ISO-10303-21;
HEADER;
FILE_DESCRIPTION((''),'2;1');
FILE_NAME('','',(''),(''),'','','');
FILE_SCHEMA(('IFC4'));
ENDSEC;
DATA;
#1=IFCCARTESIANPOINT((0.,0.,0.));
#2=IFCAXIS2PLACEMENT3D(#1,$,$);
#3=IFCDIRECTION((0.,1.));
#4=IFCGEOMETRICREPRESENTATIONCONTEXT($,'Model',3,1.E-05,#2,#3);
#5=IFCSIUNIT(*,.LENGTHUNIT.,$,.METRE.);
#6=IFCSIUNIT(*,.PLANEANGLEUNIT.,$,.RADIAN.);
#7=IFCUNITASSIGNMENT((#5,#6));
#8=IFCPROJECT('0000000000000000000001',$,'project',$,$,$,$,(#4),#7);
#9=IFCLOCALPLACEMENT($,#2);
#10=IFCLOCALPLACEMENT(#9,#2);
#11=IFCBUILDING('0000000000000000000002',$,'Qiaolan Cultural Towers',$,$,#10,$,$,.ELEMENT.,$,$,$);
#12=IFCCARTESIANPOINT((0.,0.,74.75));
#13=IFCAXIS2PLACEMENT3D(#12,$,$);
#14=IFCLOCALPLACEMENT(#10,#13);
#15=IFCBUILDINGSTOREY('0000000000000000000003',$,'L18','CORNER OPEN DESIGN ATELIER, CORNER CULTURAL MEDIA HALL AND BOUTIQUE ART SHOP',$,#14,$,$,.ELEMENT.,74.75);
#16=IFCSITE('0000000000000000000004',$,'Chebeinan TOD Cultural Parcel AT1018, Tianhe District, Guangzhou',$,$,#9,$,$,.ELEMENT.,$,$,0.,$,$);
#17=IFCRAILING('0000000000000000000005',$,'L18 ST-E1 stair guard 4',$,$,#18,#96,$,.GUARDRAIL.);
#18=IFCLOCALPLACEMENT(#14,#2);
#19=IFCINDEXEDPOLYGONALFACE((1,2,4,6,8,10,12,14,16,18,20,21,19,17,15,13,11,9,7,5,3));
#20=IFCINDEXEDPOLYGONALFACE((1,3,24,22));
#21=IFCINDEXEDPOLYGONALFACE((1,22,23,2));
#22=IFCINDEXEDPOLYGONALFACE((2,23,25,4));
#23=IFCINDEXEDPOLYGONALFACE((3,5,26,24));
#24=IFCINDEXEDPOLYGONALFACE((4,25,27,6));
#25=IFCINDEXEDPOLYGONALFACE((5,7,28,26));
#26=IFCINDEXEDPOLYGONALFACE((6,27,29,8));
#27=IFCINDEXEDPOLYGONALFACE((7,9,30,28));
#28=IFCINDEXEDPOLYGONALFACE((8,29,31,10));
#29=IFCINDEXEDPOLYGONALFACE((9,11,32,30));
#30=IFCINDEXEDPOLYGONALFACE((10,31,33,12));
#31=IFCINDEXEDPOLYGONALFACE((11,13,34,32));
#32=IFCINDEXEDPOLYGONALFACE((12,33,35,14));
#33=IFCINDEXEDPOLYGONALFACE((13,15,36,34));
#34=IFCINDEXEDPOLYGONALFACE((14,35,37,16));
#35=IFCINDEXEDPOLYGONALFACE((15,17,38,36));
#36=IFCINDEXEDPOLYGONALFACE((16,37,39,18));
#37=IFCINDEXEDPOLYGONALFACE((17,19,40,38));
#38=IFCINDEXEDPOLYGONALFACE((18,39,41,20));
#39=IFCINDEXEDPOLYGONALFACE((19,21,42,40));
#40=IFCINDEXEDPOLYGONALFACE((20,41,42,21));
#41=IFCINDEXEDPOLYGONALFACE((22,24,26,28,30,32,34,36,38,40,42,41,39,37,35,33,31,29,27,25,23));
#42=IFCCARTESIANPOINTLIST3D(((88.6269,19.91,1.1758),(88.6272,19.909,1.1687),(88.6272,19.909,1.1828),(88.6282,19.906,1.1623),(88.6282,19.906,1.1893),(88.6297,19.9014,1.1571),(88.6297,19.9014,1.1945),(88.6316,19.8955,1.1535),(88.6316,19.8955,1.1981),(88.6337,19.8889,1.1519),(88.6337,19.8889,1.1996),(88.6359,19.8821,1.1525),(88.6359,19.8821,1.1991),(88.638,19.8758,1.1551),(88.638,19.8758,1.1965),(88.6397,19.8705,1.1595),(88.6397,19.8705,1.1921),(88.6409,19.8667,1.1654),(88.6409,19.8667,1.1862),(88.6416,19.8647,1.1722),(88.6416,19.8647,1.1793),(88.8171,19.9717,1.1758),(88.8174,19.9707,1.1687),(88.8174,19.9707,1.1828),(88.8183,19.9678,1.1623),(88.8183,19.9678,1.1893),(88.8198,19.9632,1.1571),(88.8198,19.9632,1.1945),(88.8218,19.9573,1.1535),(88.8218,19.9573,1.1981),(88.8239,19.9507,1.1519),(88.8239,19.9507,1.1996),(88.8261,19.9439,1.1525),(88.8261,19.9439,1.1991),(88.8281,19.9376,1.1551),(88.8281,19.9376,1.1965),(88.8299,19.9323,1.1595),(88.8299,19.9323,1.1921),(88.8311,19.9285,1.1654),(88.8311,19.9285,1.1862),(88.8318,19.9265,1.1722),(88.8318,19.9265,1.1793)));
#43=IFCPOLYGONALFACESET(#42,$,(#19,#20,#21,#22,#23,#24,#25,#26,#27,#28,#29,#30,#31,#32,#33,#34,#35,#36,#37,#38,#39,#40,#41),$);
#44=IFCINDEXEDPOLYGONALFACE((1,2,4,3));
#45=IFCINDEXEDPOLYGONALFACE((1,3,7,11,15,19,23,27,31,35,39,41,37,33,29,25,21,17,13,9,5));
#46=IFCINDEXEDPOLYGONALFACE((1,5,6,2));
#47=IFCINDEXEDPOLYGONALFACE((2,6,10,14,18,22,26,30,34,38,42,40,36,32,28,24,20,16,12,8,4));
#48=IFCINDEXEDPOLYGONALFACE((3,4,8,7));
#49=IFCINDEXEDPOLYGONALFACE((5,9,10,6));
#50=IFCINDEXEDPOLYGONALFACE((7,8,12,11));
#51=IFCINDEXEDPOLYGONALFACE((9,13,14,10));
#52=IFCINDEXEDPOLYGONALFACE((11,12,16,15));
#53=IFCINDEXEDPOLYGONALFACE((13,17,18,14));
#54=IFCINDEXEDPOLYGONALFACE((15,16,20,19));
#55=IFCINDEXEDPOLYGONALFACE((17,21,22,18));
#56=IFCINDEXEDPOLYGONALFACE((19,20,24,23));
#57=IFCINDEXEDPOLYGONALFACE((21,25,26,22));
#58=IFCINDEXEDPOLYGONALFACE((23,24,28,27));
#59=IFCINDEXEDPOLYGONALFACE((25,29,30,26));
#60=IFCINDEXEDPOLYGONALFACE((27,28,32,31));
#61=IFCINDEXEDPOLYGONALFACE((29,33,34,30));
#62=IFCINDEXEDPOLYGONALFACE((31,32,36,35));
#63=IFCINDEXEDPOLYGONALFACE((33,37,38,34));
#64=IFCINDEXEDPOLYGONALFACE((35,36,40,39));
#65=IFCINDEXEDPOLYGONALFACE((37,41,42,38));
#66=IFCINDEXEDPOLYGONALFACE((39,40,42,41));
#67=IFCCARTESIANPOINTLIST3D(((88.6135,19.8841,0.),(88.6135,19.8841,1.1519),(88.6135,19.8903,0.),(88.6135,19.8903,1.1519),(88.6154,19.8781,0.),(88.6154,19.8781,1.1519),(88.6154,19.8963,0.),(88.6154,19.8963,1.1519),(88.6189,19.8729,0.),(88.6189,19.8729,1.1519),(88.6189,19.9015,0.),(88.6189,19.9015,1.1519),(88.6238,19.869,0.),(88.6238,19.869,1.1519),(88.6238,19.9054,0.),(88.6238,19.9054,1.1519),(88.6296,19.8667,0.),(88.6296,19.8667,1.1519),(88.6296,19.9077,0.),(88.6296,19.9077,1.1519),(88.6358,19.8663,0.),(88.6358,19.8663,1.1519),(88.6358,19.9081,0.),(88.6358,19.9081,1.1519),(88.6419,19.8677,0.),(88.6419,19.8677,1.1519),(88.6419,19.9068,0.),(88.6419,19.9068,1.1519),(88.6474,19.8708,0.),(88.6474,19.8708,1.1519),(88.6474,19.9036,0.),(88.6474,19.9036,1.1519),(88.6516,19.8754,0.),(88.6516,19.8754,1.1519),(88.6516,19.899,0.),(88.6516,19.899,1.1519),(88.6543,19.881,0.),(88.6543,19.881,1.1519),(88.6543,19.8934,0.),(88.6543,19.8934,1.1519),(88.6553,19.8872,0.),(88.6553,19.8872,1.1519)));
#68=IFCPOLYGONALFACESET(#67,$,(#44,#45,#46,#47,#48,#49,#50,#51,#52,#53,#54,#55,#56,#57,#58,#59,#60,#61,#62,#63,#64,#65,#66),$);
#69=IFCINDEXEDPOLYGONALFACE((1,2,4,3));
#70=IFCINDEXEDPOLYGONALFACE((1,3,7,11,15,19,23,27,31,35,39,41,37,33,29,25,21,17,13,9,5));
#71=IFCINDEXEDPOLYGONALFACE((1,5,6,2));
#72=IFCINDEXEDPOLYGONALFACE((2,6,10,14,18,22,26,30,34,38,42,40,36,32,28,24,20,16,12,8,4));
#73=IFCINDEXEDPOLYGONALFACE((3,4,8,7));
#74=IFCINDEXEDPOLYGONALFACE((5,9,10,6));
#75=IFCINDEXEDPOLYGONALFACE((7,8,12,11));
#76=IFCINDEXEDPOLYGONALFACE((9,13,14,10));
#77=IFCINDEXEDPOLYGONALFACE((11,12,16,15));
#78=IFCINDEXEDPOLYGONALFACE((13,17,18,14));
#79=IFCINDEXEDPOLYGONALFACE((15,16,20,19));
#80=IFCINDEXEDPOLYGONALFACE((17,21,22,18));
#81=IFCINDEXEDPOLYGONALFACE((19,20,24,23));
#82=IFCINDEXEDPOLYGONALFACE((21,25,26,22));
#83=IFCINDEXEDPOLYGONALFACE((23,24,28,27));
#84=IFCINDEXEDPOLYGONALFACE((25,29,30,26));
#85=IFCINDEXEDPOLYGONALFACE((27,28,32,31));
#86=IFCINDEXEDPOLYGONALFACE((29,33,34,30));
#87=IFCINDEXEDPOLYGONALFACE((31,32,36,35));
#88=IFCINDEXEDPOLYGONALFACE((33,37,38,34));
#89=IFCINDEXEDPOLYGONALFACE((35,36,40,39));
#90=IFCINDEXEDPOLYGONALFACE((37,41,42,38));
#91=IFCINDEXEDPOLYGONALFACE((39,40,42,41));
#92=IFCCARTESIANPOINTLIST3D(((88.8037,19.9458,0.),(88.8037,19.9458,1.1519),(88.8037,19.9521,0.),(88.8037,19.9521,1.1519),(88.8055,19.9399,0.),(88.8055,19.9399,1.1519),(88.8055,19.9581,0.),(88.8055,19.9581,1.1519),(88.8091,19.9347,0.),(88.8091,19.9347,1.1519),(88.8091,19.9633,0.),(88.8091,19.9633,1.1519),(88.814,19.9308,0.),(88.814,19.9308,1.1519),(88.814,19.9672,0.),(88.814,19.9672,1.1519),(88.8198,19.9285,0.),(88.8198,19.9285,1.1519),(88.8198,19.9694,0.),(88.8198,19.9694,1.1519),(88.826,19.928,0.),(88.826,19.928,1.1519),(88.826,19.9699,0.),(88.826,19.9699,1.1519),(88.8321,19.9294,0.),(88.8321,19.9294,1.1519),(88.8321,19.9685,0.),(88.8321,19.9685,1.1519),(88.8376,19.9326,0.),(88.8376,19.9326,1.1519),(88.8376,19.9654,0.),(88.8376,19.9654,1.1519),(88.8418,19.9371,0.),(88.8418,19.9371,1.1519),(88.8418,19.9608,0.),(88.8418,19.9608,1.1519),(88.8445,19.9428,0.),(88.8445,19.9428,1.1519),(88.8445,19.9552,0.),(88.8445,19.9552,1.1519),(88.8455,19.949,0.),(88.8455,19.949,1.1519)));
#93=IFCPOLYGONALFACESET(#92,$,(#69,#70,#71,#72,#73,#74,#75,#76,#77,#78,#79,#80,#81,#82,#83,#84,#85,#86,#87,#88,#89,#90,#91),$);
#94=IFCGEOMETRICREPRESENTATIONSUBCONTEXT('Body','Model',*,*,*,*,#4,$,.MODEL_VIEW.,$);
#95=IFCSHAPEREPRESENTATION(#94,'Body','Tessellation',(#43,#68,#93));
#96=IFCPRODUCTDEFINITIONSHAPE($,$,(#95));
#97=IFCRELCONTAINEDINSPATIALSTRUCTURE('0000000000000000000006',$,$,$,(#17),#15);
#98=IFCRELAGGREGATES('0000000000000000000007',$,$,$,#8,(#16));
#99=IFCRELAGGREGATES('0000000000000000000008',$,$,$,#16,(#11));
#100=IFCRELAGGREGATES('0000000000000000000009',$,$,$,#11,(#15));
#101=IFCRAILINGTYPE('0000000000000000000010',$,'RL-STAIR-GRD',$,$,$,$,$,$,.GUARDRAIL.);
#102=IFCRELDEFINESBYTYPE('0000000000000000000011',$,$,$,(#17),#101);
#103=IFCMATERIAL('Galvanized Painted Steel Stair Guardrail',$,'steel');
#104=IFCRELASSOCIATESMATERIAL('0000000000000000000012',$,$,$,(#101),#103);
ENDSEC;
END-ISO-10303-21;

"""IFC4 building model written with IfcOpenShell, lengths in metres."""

from ifc_helpers import new_model, si_unit, direction, frame, origin, origin_2d, place, context, subcontext, project, spatial, circle, extrude, material, type_object, element, save


model = new_model("IFC4")

# Units and contexts
model_context = context("Model", 3, precision=1e-05, world=origin(), true_north=direction((0.0, 1.0)))
body_context = subcontext(model_context, "Body", "Model", "MODEL_VIEW")
ifc_project = project(units=[si_unit("LENGTHUNIT", "METRE"), si_unit("PLANEANGLEUNIT", "RADIAN")], contexts=[model_context])

# Site, building, storey
site_placement = place(None, origin())
site = spatial("IfcSite", under=ifc_project, at=site_placement, Name="Chebeinan TOD Cultural Parcel AT1018, Tianhe District, Guangzhou", CompositionType="ELEMENT", RefElevation=0.0)
building_placement = place(site_placement, origin())
building = spatial("IfcBuilding", under=site, at=building_placement, Name="Qiaolan Cultural Towers", CompositionType="ELEMENT")
storey_placement = place(building_placement, frame((0.0, 0.0, 74.75)))
storey = spatial("IfcBuildingStorey", under=building, at=storey_placement, Name="L18", Description="CORNER OPEN DESIGN ATELIER, CORNER CULTURAL MEDIA HALL AND BOUTIQUE ART SHOP", CompositionType="ELEMENT", Elevation=74.75)

# Railing
ifc_material_1 = material(Name="Galvanized Painted Steel Stair Guardrail", Category="steel")
railing_type = type_object("IfcRailingType", Name="RL-STAIR-GRD", PredefinedType="GUARDRAIL", material=ifc_material_1)
railing_1_placement = place(storey_placement, frame((88.6343, 19.8872, 0.0)))
element("IfcRailing", 1, at=railing_1_placement, inside=storey, type_object=railing_type, Name="L18 ST-E1 stair guard 4", PredefinedType="GUARDRAIL", context=body_context, shape_type="SweptSolid", body=[
    extrude(circle(Radius=0.0239, at=origin_2d()), frame((0.0, 0.0, 1.1758), z_axis=(0.951097, 0.308893, 0.0), x_axis=(-0.308893, 0.951097, 0.0)), (0.0, 0.0, 1.0), 0.2),
    extrude(circle(Radius=0.021, at=origin_2d()), origin(), (0.0, 0.0, 1.0), 1.1519),
    extrude(circle(Radius=0.021, at=origin_2d()), frame((0.1902, 0.0618, 0.0)), (0.0, 0.0, 1.0), 1.1519),
])

save(model, "model.ifc")
